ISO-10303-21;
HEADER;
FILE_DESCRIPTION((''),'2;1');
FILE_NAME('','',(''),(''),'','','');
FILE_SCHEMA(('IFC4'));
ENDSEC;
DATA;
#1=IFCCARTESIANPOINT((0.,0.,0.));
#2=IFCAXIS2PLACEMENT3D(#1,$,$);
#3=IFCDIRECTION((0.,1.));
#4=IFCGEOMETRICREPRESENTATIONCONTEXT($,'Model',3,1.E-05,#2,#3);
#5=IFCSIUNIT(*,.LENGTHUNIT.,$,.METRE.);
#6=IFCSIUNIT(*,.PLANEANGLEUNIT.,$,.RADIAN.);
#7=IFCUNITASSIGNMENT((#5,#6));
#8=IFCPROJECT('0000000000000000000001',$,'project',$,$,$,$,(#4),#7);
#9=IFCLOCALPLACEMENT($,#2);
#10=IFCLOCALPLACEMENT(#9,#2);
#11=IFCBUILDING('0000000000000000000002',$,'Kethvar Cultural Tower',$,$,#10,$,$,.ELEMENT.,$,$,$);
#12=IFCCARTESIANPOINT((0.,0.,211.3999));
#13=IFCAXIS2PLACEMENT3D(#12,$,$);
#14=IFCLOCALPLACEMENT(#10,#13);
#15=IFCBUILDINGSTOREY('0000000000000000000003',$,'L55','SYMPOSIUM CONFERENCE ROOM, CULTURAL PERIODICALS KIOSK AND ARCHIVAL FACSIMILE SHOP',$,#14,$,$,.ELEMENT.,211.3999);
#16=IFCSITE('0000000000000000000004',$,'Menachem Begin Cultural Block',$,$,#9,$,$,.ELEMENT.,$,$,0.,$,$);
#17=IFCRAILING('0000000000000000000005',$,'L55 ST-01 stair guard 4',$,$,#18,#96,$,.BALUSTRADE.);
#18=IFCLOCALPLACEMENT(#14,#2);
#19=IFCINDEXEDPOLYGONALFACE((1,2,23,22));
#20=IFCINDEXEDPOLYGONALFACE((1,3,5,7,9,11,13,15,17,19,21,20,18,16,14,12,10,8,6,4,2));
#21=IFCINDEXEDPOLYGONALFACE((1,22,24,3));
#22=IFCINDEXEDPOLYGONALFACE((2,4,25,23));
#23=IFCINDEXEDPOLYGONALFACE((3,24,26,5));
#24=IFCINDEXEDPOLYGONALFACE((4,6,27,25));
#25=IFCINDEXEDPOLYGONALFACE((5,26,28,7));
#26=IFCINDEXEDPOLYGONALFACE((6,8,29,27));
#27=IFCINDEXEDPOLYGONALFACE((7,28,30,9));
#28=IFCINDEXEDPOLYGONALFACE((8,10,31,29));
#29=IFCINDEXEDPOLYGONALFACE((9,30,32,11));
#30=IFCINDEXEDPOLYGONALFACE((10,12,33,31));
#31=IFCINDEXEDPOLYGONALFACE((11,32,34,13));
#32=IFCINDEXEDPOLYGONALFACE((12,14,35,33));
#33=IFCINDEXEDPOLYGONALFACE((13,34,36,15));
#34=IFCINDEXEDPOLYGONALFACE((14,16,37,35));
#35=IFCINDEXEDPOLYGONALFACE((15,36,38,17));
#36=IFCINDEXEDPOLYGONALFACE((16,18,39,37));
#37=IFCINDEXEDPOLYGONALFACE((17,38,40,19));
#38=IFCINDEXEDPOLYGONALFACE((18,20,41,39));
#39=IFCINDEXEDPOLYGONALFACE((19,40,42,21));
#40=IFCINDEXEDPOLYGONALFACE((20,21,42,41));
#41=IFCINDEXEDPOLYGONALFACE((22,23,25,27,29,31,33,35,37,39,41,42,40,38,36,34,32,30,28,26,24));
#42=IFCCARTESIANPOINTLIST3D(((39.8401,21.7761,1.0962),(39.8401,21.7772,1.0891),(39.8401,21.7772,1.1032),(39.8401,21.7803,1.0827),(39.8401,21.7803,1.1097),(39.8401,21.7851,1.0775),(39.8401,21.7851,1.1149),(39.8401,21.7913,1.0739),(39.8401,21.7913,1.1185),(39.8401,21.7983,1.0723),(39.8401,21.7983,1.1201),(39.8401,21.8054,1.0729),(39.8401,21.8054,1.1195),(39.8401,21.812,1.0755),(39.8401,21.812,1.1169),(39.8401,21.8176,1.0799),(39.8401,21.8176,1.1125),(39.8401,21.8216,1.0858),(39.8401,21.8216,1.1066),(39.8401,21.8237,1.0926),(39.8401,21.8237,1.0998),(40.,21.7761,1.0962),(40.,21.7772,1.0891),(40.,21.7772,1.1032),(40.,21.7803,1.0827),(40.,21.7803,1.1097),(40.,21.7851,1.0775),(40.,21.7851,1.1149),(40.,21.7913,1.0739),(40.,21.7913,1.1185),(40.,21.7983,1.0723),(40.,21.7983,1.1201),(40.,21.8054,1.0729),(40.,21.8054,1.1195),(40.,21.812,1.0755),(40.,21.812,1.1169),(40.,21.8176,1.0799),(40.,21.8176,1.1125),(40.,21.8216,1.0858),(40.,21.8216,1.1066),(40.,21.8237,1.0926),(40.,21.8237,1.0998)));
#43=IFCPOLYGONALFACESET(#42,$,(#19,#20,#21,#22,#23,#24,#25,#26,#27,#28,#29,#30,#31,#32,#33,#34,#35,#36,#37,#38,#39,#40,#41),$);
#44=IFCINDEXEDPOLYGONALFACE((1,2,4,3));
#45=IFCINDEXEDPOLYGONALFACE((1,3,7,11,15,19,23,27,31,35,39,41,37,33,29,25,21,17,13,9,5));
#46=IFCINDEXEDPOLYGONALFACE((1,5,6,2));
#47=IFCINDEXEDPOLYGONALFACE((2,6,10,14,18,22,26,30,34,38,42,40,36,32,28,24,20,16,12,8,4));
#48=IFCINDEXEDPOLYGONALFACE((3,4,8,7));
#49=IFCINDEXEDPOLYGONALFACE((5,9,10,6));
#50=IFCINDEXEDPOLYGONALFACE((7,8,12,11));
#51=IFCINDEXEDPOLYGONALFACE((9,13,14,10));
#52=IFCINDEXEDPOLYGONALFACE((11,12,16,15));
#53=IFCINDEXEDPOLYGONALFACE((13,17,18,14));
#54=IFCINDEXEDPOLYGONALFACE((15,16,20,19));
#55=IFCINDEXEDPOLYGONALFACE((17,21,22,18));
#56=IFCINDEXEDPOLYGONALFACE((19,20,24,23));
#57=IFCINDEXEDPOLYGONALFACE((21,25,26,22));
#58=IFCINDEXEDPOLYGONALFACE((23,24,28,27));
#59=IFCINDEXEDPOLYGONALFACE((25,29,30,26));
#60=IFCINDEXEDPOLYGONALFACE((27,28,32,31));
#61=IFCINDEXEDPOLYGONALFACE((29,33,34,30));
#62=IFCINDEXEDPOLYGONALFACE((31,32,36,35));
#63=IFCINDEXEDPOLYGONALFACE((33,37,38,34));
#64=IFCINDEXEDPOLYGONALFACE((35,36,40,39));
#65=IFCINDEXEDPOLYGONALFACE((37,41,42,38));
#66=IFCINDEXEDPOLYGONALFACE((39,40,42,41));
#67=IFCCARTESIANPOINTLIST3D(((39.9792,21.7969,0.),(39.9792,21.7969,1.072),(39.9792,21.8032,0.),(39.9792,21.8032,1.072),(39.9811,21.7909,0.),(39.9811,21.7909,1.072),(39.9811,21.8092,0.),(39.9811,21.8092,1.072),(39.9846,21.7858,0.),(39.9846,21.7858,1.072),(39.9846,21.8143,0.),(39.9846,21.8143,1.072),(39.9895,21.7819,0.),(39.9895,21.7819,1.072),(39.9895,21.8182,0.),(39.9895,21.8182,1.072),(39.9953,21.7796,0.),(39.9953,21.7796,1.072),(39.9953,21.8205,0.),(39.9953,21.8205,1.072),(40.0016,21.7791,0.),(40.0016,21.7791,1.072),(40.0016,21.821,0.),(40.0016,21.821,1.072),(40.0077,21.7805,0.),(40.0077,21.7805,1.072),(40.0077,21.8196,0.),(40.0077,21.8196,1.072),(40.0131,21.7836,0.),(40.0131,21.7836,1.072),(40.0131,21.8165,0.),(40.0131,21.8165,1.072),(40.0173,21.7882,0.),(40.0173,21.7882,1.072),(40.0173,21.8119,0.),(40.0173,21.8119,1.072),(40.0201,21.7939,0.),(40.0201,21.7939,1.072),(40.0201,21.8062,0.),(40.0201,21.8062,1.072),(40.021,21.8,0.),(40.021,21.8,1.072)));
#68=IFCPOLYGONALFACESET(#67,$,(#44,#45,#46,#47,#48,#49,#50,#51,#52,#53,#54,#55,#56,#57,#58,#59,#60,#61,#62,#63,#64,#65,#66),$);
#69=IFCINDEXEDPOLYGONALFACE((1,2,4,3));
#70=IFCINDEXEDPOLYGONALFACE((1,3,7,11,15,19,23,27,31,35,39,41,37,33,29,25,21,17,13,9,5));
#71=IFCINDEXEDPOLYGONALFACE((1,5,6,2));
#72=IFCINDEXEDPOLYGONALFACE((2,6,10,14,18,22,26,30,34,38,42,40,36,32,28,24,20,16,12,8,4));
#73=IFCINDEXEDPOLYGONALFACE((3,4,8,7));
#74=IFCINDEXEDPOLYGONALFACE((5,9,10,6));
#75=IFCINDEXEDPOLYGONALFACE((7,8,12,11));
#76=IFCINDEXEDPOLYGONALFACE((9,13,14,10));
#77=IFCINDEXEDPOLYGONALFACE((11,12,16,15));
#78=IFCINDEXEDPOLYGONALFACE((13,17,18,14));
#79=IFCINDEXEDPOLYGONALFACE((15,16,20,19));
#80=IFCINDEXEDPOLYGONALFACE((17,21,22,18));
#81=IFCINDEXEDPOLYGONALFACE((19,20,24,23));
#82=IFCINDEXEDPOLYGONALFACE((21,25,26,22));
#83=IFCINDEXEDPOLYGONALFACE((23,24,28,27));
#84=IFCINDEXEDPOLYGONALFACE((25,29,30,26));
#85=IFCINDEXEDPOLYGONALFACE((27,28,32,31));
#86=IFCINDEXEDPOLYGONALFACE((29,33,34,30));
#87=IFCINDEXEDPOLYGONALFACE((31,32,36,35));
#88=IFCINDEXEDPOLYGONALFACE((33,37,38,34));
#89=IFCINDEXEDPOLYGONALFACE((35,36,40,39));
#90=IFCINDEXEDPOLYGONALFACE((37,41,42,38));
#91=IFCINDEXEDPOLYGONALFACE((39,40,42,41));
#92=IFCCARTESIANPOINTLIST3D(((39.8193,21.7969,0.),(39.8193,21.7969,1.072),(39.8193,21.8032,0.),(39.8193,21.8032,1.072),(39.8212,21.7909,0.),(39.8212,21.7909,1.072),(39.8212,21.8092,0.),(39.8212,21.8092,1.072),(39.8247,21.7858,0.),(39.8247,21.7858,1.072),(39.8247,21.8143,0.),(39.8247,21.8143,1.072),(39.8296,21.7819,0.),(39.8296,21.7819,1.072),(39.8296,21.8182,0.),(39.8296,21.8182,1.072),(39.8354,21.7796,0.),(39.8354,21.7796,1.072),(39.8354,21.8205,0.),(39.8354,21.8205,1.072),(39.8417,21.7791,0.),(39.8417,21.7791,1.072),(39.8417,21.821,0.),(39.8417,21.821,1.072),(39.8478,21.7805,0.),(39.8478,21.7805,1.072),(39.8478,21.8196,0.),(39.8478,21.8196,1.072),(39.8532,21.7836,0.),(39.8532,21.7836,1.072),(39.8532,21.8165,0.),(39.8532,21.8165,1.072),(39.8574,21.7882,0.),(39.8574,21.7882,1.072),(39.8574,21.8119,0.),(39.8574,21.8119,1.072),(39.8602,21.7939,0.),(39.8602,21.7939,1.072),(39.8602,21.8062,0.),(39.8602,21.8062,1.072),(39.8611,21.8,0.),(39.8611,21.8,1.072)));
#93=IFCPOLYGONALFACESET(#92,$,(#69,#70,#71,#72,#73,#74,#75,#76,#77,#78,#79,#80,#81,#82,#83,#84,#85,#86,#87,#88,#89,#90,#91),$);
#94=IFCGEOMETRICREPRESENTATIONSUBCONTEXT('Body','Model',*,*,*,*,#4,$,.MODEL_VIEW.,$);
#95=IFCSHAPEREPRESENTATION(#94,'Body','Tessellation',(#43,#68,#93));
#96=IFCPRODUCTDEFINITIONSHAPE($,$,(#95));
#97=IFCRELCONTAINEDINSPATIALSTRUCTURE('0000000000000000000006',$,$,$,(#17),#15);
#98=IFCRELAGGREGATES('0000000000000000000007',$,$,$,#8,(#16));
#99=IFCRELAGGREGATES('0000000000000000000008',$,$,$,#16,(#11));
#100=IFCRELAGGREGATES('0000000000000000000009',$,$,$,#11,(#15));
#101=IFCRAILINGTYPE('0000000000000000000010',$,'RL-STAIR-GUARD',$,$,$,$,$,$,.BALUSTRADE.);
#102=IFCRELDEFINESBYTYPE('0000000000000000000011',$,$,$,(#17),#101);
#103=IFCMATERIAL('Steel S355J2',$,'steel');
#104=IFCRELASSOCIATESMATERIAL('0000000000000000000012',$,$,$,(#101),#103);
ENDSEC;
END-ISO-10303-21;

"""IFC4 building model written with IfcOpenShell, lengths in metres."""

from ifc_helpers import new_model, si_unit, direction, frame, origin, origin_2d, place, context, subcontext, project, spatial, circle, extrude, material, type_object, element, save


model = new_model("IFC4")

# Units and contexts
model_context = context("Model", 3, precision=1e-05, world=origin(), true_north=direction((0.0, 1.0)))
body_context = subcontext(model_context, "Body", "Model", "MODEL_VIEW")
ifc_project = project(units=[si_unit("LENGTHUNIT", "METRE"), si_unit("PLANEANGLEUNIT", "RADIAN")], contexts=[model_context])

# Site, building, storey
site_placement = place(None, origin())
site = spatial("IfcSite", under=ifc_project, at=site_placement, Name="Menachem Begin Cultural Block", CompositionType="ELEMENT", RefElevation=0.0)
building_placement = place(site_placement, origin())
building = spatial("IfcBuilding", under=site, at=building_placement, Name="Kethvar Cultural Tower", CompositionType="ELEMENT")
storey_placement = place(building_placement, frame((0.0, 0.0, 211.3999)))
storey = spatial("IfcBuildingStorey", under=building, at=storey_placement, Name="L55", Description="SYMPOSIUM CONFERENCE ROOM, CULTURAL PERIODICALS KIOSK AND ARCHIVAL FACSIMILE SHOP", CompositionType="ELEMENT", Elevation=211.3999)

# Shared definitions
ifc_material_1 = material(Name="Steel S355J2", Category="steel")

# Railing
railing_type_1 = type_object("IfcRailingType", Name="RL-STAIR-GUARD", PredefinedType="BALUSTRADE", material=ifc_material_1)
railing_1_placement = place(storey_placement, frame((40.0, 21.8, 0.0)))
element("IfcRailing", 1, at=railing_1_placement, inside=storey, type_object=railing_type_1, Name="L55 ST-01 stair guard 4", PredefinedType="BALUSTRADE", context=body_context, shape_type="SweptSolid", body=[
    extrude(circle(Radius=0.0239, at=origin_2d()), frame((0.0, 0.0, 1.0962), z_axis=(-1.0, 0.0, 0.0), x_axis=(0.0, -1.0, 0.0)), (0.0, 0.0, 1.0), 0.1599),
    extrude(circle(Radius=0.021, at=origin_2d()), origin(), (0.0, 0.0, 1.0), 1.072),
    extrude(circle(Radius=0.021, at=origin_2d()), frame((-0.1599, 0.0, 0.0)), (0.0, 0.0, 1.0), 1.072),
])

save(model, "model.ifc")
